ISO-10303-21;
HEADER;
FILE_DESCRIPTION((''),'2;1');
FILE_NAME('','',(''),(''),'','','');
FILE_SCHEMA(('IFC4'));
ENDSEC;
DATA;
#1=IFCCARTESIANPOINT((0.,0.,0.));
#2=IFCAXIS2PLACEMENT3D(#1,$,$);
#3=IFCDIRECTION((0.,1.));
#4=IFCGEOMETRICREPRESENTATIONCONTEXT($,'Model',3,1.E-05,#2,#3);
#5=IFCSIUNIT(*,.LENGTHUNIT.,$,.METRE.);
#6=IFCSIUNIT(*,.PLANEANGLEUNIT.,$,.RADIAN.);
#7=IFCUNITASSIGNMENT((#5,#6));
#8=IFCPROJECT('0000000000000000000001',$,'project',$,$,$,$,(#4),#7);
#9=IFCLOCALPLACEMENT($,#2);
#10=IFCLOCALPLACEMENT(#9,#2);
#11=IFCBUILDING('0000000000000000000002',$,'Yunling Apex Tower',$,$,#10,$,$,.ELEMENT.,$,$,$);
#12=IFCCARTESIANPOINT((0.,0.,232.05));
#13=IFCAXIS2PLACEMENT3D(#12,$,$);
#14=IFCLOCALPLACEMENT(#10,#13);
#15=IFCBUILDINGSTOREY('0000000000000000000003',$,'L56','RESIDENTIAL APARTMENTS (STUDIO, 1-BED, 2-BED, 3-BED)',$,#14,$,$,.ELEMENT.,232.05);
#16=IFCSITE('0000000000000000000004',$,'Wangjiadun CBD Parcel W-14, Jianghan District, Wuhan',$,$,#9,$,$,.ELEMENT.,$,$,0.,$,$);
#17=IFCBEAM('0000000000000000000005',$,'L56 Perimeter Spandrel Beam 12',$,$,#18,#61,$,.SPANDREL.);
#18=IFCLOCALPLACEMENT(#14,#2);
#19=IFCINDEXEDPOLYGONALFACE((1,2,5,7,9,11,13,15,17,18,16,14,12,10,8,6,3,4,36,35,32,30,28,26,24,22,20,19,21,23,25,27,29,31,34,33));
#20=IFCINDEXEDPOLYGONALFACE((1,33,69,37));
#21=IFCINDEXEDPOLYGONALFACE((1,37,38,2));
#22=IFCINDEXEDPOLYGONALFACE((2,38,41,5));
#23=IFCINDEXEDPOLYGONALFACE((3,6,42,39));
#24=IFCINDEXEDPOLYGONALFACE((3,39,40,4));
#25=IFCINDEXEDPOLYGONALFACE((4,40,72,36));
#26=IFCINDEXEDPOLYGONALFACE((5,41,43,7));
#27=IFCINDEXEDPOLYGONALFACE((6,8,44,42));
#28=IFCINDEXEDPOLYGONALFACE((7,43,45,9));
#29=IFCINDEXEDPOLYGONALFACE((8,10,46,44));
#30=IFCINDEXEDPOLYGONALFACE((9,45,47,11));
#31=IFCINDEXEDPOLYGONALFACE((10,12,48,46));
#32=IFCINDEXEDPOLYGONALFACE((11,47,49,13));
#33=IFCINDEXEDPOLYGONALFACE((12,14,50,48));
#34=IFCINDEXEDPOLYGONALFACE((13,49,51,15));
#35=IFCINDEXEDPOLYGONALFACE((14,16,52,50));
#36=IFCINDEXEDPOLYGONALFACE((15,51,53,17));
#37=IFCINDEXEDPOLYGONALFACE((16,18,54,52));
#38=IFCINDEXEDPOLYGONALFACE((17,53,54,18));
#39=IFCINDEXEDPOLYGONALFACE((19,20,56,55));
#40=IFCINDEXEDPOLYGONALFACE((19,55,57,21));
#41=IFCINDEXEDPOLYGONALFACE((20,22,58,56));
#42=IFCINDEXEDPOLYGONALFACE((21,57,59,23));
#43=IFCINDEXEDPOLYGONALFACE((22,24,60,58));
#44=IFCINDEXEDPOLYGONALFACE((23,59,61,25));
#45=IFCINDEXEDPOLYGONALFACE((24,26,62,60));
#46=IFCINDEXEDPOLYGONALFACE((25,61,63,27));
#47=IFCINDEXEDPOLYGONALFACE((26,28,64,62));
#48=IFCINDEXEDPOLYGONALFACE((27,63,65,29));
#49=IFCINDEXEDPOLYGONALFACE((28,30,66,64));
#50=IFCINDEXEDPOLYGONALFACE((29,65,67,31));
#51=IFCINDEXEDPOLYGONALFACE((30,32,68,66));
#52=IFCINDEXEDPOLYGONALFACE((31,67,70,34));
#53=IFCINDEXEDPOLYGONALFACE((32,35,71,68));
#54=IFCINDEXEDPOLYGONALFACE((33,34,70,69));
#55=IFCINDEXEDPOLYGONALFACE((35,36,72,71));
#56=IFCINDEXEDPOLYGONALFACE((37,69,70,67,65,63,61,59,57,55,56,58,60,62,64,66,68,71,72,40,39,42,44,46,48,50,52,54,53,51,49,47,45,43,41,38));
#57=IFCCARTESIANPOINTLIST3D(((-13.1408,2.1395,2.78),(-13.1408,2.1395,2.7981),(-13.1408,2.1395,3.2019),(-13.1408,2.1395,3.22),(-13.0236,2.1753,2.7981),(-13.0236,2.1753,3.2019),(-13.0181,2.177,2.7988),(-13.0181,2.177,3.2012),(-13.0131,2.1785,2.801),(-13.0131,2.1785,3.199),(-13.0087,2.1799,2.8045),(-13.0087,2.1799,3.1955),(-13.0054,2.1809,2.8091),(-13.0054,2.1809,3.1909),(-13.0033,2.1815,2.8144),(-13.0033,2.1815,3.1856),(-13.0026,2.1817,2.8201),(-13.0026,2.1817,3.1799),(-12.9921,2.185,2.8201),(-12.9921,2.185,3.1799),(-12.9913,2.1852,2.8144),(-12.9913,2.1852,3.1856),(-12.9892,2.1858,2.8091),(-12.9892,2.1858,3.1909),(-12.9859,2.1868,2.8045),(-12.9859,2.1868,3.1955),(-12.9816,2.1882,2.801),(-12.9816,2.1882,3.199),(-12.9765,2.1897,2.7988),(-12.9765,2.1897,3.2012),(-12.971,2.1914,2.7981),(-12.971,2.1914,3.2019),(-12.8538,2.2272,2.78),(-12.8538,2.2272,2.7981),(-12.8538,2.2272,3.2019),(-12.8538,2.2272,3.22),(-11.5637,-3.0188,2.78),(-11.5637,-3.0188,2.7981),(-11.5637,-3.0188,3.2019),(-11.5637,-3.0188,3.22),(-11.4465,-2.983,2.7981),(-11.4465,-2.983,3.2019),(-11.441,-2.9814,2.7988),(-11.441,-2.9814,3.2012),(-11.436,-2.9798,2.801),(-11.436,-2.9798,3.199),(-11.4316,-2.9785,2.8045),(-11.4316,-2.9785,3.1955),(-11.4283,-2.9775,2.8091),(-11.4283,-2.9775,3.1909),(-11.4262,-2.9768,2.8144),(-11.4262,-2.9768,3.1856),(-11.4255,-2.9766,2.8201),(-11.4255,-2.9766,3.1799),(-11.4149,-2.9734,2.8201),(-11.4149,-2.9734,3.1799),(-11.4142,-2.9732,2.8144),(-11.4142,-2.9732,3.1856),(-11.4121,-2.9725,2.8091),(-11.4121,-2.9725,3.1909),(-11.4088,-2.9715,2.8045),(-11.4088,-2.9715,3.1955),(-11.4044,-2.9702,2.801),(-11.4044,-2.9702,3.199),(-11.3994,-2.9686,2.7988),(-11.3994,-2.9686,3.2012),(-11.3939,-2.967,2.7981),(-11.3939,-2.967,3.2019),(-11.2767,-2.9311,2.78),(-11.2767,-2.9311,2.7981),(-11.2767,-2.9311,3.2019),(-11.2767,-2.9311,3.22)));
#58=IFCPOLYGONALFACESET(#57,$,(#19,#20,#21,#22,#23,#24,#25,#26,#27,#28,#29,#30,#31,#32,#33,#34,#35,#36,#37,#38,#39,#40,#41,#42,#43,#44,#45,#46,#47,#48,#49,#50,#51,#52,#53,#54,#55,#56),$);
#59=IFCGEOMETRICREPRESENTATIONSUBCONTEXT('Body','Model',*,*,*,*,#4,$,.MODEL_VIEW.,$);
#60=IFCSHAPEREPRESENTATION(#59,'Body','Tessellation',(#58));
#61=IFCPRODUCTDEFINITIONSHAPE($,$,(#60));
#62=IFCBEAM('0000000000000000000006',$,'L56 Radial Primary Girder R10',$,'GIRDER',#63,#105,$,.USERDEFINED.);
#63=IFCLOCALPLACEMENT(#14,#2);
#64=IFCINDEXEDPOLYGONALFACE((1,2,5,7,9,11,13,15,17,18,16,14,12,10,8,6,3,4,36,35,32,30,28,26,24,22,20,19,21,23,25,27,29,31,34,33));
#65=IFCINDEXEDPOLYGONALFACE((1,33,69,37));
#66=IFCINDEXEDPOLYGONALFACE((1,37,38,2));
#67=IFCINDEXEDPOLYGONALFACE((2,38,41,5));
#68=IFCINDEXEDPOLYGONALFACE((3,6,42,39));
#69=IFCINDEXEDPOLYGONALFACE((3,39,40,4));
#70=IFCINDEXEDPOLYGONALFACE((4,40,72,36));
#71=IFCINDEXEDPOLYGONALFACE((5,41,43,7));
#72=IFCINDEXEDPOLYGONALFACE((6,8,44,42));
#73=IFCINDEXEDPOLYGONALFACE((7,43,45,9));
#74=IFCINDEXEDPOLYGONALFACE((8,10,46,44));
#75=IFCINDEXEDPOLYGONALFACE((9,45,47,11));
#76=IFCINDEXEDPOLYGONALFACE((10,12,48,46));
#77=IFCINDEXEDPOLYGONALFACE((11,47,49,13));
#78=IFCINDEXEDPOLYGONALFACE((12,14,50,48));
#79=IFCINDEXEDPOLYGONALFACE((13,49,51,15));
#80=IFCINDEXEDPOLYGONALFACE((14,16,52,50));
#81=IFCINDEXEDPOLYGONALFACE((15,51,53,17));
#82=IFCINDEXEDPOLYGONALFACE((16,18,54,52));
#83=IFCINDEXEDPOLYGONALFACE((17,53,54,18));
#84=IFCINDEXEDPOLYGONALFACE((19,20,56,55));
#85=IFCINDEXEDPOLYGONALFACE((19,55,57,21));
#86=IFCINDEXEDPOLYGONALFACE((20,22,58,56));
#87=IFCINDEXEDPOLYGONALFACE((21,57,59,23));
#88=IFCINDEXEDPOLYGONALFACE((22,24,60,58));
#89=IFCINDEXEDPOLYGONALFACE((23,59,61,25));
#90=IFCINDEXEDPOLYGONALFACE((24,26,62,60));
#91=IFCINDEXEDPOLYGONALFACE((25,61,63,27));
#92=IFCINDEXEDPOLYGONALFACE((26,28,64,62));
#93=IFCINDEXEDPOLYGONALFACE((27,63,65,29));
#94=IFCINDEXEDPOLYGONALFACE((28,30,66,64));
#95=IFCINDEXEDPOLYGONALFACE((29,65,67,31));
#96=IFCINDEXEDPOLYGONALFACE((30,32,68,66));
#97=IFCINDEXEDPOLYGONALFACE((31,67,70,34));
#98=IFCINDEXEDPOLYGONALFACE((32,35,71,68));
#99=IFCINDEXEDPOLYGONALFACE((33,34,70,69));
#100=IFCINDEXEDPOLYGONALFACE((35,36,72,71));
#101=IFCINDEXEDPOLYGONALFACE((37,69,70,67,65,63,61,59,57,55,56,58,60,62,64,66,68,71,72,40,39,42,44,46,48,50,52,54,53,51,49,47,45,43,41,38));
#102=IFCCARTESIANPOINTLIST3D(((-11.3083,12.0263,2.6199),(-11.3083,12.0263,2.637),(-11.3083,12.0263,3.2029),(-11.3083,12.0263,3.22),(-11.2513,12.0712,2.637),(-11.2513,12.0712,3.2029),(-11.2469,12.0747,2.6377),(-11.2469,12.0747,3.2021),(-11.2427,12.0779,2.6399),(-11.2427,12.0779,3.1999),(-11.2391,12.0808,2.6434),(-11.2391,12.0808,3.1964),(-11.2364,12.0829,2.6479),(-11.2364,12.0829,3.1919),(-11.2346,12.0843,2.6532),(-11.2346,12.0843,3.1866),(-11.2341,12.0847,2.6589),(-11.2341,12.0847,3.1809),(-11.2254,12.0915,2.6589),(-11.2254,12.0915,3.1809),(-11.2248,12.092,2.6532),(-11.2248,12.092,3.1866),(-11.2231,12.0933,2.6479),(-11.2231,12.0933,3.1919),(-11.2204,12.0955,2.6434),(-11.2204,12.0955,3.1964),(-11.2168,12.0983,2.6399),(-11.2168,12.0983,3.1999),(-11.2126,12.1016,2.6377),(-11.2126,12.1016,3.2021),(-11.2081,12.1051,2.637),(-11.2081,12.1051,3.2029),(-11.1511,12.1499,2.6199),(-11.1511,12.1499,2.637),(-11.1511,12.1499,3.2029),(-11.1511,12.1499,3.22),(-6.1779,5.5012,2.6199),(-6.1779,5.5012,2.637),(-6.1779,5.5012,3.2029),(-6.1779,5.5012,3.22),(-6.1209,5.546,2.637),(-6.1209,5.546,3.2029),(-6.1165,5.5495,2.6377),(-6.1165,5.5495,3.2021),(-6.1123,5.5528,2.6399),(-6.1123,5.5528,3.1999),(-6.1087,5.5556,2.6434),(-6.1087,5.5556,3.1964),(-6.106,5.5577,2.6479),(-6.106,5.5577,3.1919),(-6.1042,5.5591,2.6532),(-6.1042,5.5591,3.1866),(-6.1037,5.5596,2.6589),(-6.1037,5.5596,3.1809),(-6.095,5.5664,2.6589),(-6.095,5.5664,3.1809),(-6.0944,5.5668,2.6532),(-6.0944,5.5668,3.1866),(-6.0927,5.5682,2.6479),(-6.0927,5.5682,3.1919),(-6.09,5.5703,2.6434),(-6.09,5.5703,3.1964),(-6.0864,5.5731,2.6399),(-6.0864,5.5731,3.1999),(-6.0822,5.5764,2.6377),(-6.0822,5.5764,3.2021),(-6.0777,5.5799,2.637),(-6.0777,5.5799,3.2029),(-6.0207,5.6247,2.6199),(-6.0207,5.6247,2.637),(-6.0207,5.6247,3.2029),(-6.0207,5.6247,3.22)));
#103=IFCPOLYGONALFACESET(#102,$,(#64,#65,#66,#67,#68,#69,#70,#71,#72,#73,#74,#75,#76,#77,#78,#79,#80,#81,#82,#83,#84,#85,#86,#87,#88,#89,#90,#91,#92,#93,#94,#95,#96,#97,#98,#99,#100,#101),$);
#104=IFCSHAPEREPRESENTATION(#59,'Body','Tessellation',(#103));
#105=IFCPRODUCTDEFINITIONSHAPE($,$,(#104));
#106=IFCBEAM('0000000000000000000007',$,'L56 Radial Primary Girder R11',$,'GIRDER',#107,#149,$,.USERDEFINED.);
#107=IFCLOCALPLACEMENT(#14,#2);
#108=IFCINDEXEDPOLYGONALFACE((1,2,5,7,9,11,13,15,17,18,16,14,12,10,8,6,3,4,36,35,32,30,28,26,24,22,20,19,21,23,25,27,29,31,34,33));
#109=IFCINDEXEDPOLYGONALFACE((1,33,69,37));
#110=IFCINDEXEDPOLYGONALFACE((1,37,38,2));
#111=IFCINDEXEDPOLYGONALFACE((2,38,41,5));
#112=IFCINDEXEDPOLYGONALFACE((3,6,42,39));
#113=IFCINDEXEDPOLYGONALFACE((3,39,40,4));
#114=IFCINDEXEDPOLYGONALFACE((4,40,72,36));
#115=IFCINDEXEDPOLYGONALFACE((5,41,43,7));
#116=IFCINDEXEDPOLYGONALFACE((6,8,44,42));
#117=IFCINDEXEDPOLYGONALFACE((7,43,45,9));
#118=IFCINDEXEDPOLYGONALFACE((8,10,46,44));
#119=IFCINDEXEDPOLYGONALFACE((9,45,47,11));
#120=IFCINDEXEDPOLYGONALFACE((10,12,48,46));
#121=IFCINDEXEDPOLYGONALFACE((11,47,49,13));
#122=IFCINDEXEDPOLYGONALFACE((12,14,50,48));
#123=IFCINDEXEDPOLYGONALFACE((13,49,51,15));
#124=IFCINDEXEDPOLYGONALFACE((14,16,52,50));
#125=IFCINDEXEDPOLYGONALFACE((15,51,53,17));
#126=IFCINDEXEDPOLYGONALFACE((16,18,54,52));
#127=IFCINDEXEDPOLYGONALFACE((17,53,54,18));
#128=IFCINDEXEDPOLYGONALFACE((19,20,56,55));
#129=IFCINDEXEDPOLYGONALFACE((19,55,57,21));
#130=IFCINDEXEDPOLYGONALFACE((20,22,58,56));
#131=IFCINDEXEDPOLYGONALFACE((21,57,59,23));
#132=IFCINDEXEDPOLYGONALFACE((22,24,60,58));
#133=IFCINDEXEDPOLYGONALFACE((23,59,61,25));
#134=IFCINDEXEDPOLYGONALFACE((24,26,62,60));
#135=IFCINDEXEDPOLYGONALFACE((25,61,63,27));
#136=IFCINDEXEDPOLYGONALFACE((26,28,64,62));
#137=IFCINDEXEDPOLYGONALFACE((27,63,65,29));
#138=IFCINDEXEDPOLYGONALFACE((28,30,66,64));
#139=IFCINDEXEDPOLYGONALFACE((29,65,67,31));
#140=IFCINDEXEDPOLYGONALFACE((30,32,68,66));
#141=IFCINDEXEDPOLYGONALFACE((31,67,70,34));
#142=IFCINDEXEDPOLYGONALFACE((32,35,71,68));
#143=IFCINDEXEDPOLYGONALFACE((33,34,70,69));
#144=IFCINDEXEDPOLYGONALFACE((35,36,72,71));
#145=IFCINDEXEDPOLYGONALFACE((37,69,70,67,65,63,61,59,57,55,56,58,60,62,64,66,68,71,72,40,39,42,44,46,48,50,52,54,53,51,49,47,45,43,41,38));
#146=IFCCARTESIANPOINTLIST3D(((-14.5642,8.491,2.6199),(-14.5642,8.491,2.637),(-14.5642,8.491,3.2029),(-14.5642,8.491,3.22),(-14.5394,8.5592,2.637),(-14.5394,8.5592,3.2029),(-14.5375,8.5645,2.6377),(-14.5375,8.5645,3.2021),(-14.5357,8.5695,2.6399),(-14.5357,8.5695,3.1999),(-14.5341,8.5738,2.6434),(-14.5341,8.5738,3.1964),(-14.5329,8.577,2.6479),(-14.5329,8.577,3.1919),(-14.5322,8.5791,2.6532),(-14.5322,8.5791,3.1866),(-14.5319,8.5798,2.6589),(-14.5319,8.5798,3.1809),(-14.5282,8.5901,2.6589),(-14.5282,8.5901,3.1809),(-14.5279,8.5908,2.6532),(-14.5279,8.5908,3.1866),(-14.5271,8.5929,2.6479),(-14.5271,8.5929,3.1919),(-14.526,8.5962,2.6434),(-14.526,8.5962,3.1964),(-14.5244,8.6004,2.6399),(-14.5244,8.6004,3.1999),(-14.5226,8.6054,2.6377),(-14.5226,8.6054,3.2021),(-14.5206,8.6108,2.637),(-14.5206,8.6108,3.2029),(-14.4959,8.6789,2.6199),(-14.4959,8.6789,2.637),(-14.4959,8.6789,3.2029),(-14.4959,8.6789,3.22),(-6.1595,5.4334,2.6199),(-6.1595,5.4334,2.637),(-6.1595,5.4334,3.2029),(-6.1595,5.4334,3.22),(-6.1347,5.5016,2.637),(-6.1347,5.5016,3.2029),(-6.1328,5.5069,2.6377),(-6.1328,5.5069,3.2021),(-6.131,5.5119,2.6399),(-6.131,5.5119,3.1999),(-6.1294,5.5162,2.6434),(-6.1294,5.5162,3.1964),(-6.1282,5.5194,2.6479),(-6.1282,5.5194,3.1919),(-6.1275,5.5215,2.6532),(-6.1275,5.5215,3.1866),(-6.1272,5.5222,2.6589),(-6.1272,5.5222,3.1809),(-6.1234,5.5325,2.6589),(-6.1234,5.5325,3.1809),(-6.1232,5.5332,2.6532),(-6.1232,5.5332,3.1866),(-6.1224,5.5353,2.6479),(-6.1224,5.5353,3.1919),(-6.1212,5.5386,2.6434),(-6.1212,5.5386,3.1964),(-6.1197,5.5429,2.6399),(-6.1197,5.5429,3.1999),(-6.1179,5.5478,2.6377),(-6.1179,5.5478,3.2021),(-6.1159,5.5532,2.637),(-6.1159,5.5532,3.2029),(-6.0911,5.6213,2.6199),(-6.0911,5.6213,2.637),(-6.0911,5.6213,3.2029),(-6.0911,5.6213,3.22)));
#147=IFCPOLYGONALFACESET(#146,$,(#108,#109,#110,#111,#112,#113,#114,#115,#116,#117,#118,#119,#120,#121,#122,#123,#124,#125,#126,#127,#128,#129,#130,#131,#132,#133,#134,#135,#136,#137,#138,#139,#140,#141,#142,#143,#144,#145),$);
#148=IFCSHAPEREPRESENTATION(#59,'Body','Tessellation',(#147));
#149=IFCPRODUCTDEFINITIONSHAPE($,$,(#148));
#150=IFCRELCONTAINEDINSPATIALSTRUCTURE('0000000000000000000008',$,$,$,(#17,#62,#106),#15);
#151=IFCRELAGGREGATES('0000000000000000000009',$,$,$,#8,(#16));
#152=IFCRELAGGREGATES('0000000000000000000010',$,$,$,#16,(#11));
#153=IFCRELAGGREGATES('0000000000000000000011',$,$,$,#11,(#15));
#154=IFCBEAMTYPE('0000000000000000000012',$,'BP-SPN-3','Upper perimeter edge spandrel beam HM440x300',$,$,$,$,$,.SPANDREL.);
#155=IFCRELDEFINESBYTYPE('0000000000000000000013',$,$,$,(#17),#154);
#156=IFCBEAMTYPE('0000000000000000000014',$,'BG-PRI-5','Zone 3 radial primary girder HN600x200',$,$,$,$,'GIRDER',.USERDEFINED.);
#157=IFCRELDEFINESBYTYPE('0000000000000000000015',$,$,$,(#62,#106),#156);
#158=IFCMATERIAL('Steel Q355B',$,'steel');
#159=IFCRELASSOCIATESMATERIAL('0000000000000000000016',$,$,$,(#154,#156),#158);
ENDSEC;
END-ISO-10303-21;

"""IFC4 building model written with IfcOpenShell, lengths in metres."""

from ifc_helpers import new_model, si_unit, direction, frame, origin, origin_2d, place, context, subcontext, project, spatial, i_section, extrude, source, transform, mapped, material, material_profile, profile_set, type_object, element, save


model = new_model("IFC4")

# Units and contexts
model_context = context("Model", 3, precision=1e-05, world=origin(), true_north=direction((0.0, 1.0)))
body_context = subcontext(model_context, "Body", "Model", "MODEL_VIEW")
ifc_project = project(units=[si_unit("LENGTHUNIT", "METRE"), si_unit("PLANEANGLEUNIT", "RADIAN")], contexts=[model_context])

# Site, building, storey
site_placement = place(None, origin())
site = spatial("IfcSite", under=ifc_project, at=site_placement, Name="Wangjiadun CBD Parcel W-14, Jianghan District, Wuhan", CompositionType="ELEMENT", RefElevation=0.0)
building_placement = place(site_placement, origin())
building = spatial("IfcBuilding", under=site, at=building_placement, Name="Yunling Apex Tower", CompositionType="ELEMENT")
storey_placement = place(building_placement, frame((0.0, 0.0, 232.05)))
storey = spatial("IfcBuildingStorey", under=building, at=storey_placement, Name="L56", Description="RESIDENTIAL APARTMENTS (STUDIO, 1-BED, 2-BED, 3-BED)", CompositionType="ELEMENT", Elevation=232.05)

# Beams
ifc_material_1 = material(Name="Steel Q355B", Category="steel")
ifc_material_profile_1 = material_profile(ifc_material_1, i_section(OverallWidth=0.3, OverallDepth=0.4399, WebThickness=0.011, FlangeThickness=0.0181, FilletRadius=0.022, at=origin_2d()))
ifc_profile_set_1 = profile_set([ifc_material_profile_1], Name="Steel Q355B")
beam_type_1 = type_object("IfcBeamType", Name="BP-SPN-3", Description="Upper perimeter edge spandrel beam HM440x300", PredefinedType="SPANDREL", material=ifc_profile_set_1)
shared_shape_1 = source(origin(), body_context, "Body", "SweptSolid", [
    extrude(i_section(OverallWidth=0.3, OverallDepth=0.4399, WebThickness=0.011, FlangeThickness=0.0181, FilletRadius=0.022, at=origin_2d()), origin(), (0.0, 0.0, 1.0), 5.394),
])
for number, where, z_axis, x_axis, name in (
    (1, (-12.9973, 2.1833, 3.0), (0.292381, -0.956302, 0.0), (0.956302, 0.292381, 0.0), "L56 Perimeter Spandrel Beam 12"),
):
    element("IfcBeam", number, at=place(storey_placement, frame(where, z_axis=z_axis, x_axis=x_axis)), inside=storey, type_object=beam_type_1, Name=name, PredefinedType="SPANDREL", context=body_context, shape_type="MappedRepresentation", body=[
        mapped(shared_shape_1, transform((0.0, 0.0, 0.0), scale=1.0)),
    ])
ifc_material_profile_2 = material_profile(ifc_material_1, i_section(OverallWidth=0.2, OverallDepth=0.6001, WebThickness=0.011, FlangeThickness=0.0171, FilletRadius=0.022, at=origin_2d()))
ifc_profile_set_2 = profile_set([ifc_material_profile_2], Name="Steel Q355B")
beam_type_2 = type_object("IfcBeamType", Name="BG-PRI-5", Description="Zone 3 radial primary girder HN600x200", ElementType="GIRDER", PredefinedType="USERDEFINED", material=ifc_profile_set_2)
shared_shape_2 = source(origin(), body_context, "Body", "SweptSolid", [
    extrude(i_section(OverallWidth=0.2, OverallDepth=0.6001, WebThickness=0.011, FlangeThickness=0.0171, FilletRadius=0.022, at=origin_2d()), origin(), (0.0, 0.0, 1.0), 8.3005),
])
beam_1_placement = place(storey_placement, frame((-11.2297, 12.0881, 2.9199), z_axis=(0.61808, -0.786115, 0.0), x_axis=(0.786115, 0.61808, 0.0)))
element("IfcBeam", 2, at=beam_1_placement, inside=storey, type_object=beam_type_2, Name="L56 Radial Primary Girder R10", ObjectType="GIRDER", PredefinedType="USERDEFINED", context=body_context, shape_type="MappedRepresentation", body=[
    mapped(shared_shape_2, transform((0.0, 0.0, 0.0), scale=1.0)),
])
shared_shape_3 = source(origin(), body_context, "Body", "SweptSolid", [
    extrude(i_section(OverallWidth=0.2, OverallDepth=0.6001, WebThickness=0.011, FlangeThickness=0.0171, FilletRadius=0.022, at=origin_2d()), origin(), (0.0, 0.0, 1.0), 8.9436),
])
beam_2_placement = place(storey_placement, frame((-14.53, 8.585, 2.9199), z_axis=(0.939746, -0.341875, 0.0), x_axis=(0.341875, 0.939746, 0.0)))
element("IfcBeam", 3, at=beam_2_placement, inside=storey, type_object=beam_type_2, Name="L56 Radial Primary Girder R11", ObjectType="GIRDER", PredefinedType="USERDEFINED", context=body_context, shape_type="MappedRepresentation", body=[
    mapped(shared_shape_3, transform((0.0, 0.0, 0.0), scale=1.0)),
])

save(model, "model.ifc")
